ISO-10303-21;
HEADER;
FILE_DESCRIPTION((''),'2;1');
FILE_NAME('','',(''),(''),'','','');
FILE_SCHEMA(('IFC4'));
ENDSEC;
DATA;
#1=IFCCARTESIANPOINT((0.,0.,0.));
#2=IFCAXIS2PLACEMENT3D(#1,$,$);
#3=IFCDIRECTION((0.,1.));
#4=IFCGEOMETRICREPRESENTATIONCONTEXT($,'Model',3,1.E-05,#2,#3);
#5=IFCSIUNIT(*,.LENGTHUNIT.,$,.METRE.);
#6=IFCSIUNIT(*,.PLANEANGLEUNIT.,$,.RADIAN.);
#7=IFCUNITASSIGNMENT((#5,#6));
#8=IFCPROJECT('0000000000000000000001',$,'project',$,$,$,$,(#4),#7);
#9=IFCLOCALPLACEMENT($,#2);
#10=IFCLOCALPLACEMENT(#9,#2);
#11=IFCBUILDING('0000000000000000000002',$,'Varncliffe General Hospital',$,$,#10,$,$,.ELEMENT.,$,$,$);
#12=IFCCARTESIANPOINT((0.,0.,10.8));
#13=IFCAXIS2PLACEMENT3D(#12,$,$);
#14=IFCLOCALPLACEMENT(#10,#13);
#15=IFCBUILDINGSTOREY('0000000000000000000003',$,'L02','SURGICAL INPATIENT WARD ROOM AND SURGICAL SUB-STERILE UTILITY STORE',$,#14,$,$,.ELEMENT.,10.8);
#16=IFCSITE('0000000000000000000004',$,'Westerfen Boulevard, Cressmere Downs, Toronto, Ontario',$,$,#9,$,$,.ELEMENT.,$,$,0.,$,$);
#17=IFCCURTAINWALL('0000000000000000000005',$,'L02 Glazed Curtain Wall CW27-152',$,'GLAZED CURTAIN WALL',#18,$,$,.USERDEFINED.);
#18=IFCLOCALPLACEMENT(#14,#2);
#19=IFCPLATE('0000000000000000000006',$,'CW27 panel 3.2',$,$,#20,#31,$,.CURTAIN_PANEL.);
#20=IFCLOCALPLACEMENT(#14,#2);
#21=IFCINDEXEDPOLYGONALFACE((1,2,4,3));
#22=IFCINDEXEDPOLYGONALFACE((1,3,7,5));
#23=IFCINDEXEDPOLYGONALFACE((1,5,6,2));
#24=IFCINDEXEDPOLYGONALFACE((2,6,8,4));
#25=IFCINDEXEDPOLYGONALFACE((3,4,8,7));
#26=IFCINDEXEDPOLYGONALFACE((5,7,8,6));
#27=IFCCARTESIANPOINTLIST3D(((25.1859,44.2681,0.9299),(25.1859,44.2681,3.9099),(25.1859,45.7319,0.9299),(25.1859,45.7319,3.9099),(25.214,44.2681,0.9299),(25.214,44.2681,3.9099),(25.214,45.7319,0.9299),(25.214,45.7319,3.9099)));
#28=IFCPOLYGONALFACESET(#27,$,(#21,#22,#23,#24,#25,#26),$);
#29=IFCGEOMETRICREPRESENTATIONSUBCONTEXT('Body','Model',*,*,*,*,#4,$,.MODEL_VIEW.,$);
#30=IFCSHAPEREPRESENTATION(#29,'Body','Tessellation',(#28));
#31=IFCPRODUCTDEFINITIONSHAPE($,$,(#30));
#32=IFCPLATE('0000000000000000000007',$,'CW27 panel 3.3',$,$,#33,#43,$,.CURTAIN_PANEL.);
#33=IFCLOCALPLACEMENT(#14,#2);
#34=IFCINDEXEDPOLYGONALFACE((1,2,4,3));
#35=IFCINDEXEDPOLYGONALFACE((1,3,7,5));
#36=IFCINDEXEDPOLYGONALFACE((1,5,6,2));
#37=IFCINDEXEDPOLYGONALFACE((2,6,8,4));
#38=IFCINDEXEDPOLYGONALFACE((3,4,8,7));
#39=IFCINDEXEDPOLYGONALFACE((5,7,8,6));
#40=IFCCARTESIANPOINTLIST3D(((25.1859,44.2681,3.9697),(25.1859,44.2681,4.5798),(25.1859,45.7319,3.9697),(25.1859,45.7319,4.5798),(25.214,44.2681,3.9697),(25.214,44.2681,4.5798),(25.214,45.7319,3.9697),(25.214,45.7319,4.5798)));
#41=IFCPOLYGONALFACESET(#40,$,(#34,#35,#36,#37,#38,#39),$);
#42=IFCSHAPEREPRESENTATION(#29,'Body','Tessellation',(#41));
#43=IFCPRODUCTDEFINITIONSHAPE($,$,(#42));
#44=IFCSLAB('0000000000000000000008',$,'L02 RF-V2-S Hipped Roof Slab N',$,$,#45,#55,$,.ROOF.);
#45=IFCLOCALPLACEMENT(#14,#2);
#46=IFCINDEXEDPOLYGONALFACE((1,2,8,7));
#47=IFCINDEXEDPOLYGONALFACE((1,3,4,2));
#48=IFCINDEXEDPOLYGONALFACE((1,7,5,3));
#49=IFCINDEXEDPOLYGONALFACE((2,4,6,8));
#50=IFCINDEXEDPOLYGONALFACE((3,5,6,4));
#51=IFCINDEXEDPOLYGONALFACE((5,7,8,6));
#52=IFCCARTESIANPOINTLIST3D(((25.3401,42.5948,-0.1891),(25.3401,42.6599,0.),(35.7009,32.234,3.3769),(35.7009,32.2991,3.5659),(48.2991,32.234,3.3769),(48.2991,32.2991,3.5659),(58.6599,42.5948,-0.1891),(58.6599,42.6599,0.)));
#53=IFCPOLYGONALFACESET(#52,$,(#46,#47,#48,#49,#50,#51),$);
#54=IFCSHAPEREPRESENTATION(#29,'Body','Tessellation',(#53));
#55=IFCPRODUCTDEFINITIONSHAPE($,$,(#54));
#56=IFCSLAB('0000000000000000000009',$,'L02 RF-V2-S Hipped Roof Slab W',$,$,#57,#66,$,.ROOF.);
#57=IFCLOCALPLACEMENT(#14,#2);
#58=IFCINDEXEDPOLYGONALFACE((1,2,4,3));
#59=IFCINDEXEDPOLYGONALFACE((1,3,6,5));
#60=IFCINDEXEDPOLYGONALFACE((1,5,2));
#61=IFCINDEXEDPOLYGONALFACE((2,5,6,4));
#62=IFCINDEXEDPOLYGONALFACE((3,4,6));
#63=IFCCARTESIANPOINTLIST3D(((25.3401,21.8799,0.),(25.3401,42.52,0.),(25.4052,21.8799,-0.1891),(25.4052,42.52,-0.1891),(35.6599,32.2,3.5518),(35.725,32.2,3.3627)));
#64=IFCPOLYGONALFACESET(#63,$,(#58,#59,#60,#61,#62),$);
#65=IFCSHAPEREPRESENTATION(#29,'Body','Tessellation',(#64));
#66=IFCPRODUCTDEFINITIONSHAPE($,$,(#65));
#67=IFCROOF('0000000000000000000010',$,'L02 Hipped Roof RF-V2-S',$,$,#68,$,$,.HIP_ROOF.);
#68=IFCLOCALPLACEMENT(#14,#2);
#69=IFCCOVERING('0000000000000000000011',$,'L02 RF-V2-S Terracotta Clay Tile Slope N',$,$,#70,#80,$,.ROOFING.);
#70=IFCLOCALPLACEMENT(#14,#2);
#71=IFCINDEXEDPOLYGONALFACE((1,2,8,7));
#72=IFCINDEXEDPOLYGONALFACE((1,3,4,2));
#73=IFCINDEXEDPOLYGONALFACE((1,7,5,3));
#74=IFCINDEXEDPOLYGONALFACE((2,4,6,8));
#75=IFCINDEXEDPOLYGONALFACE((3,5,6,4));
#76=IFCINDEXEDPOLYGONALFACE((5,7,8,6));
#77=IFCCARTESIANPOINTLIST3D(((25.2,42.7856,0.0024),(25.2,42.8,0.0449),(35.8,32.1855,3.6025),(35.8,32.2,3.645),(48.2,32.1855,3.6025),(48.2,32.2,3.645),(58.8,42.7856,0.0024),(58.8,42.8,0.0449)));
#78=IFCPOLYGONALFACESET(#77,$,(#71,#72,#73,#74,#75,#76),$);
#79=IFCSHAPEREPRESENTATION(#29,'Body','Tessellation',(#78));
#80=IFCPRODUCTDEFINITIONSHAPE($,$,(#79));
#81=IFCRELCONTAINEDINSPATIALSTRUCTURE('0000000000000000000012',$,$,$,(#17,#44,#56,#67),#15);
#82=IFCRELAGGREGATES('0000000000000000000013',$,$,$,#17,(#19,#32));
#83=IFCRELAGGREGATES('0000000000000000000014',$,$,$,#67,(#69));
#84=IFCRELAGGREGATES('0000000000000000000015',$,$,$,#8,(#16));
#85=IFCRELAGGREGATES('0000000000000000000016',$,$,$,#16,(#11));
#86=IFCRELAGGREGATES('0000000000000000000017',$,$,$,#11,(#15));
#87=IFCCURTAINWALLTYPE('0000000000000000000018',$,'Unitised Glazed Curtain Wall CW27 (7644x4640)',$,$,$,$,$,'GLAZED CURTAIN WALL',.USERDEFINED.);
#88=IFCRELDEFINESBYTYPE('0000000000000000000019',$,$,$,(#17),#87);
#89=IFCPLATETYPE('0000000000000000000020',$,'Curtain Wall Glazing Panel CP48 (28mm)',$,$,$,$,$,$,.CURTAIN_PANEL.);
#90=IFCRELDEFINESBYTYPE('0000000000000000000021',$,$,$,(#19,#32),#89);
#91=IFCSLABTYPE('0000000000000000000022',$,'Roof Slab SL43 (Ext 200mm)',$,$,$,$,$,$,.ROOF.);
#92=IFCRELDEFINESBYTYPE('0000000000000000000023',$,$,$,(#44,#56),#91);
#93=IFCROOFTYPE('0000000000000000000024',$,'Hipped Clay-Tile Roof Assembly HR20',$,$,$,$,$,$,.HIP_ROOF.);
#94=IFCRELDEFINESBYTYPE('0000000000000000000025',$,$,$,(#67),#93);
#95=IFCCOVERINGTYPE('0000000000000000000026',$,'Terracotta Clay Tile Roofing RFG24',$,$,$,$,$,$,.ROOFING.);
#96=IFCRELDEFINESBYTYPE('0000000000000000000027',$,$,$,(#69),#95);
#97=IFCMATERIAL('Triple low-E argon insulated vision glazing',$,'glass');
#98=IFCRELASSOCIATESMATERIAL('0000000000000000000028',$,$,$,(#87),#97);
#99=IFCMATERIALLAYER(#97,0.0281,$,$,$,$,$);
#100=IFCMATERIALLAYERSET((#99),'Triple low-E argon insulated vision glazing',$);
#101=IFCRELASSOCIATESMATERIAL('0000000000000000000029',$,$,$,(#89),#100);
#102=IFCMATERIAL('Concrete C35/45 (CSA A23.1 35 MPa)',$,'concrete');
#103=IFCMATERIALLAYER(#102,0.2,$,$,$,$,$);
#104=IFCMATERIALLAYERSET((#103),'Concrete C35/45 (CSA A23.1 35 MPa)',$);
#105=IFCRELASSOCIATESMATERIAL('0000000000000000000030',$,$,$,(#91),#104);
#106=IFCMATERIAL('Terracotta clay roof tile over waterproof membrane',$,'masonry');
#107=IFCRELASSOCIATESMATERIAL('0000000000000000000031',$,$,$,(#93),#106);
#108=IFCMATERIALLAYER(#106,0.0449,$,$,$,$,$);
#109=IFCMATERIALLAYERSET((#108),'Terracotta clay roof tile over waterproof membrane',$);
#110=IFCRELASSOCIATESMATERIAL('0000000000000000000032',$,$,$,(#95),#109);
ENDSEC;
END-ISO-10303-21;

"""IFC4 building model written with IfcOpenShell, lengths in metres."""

from ifc_helpers import new_model, si_unit, direction, frame, origin, origin_2d, place, context, subcontext, project, spatial, polyline, rectangle, outline, extrude, material, layer, layer_set, type_object, element, aggregate, save


model = new_model("IFC4")

# Units and contexts
model_context = context("Model", 3, precision=1e-05, world=origin(), true_north=direction((0.0, 1.0)))
body_context = subcontext(model_context, "Body", "Model", "MODEL_VIEW")
ifc_project = project(units=[si_unit("LENGTHUNIT", "METRE"), si_unit("PLANEANGLEUNIT", "RADIAN")], contexts=[model_context])

# Site, building, storey
site_placement = place(None, origin())
site = spatial("IfcSite", under=ifc_project, at=site_placement, Name="Westerfen Boulevard, Cressmere Downs, Toronto, Ontario", CompositionType="ELEMENT", RefElevation=0.0)
building_placement = place(site_placement, origin())
building = spatial("IfcBuilding", under=site, at=building_placement, Name="Varncliffe General Hospital", CompositionType="ELEMENT")
storey_placement = place(building_placement, frame((0.0, 0.0, 10.8)))
storey = spatial("IfcBuildingStorey", under=building, at=storey_placement, Name="L02", Description="SURGICAL INPATIENT WARD ROOM AND SURGICAL SUB-STERILE UTILITY STORE", CompositionType="ELEMENT", Elevation=10.8)

# Curtain wall
ifc_material_1 = material(Name="Triple low-E argon insulated vision glazing", Category="glass")
curtain_wall_type = type_object("IfcCurtainWallType", Name="Unitised Glazed Curtain Wall CW27 (7644x4640)", ElementType="GLAZED CURTAIN WALL", PredefinedType="USERDEFINED", material=ifc_material_1)
curtain_wall_placement = place(storey_placement, origin())
curtain_wall = element("IfcCurtainWall", 1, at=curtain_wall_placement, inside=storey, type_object=curtain_wall_type, Name="L02 Glazed Curtain Wall CW27-152", ObjectType="GLAZED CURTAIN WALL", PredefinedType="USERDEFINED")

# Shared definitions
ifc_material_2 = material(Name="Concrete C35/45 (CSA A23.1 35 MPa)", Category="concrete")

# Plates
ifc_layer_1 = layer(ifc_material_1, 0.0281)
ifc_layer_set_1 = layer_set([ifc_layer_1], Name="Triple low-E argon insulated vision glazing")
plate_type = type_object("IfcPlateType", Name="Curtain Wall Glazing Panel CP48 (28mm)", PredefinedType="CURTAIN_PANEL", material=ifc_layer_set_1)
plate_1_placement = place(storey_placement, frame((25.2, 45.0, 0.9299), z_axis=(0.0, 0.0, 1.0), x_axis=(0.0, -1.0, 0.0)))
plate_1 = element("IfcPlate", 2, at=plate_1_placement, type_object=plate_type, Name="CW27 panel 3.2", PredefinedType="CURTAIN_PANEL", context=body_context, shape_type="SweptSolid", body=[
    extrude(rectangle(XDim=1.4639, YDim=0.0281, at=origin_2d()), origin(), (0.0, 0.0, 1.0), 2.98),
])
plate_2_placement = place(storey_placement, frame((25.2, 45.0, 3.9697), z_axis=(0.0, 0.0, 1.0), x_axis=(0.0, -1.0, 0.0)))
plate_2 = element("IfcPlate", 3, at=plate_2_placement, type_object=plate_type, Name="CW27 panel 3.3", PredefinedType="CURTAIN_PANEL", context=body_context, shape_type="SweptSolid", body=[
    extrude(rectangle(XDim=1.4639, YDim=0.0281, at=origin_2d()), origin(), (0.0, 0.0, 1.0), 0.6101),
])
aggregate(curtain_wall, [plate_1, plate_2])

# Slabs
ifc_layer_2 = layer(ifc_material_2, 0.2)
ifc_layer_set_2 = layer_set([ifc_layer_2], Name="Concrete C35/45 (CSA A23.1 35 MPa)")
slab_type = type_object("IfcSlabType", Name="Roof Slab SL43 (Ext 200mm)", PredefinedType="ROOF", material=ifc_layer_set_2)
slab_1_placement = place(storey_placement, frame((58.6599, 42.6599, 0.0), z_axis=(0.0, 0.325437, 0.945564), x_axis=(-1.0, 0.0, 0.0)))
element("IfcSlab", 4, at=slab_1_placement, inside=storey, type_object=slab_type, Name="L02 RF-V2-S Hipped Roof Slab N", PredefinedType="ROOF", context=body_context, shape_type="SweptSolid", body=[
    extrude(outline(polyline([(0.0, 0.0), (33.3198, 0.0), (22.959, 10.9573), (10.3608, 10.9573), (0.0, 0.0)])), origin(), (0.0, 0.0, -1.0), 0.2),
])
slab_2_placement = place(storey_placement, frame((25.3401, 42.52, 0.0), z_axis=(-0.325434, 0.0, 0.945565), x_axis=(0.0, -1.0, 0.0)))
element("IfcSlab", 5, at=slab_2_placement, inside=storey, type_object=slab_type, Name="L02 RF-V2-S Hipped Roof Slab W", PredefinedType="ROOF", context=body_context, shape_type="SweptSolid", body=[
    extrude(outline(polyline([(0.0, 0.0), (20.6401, 0.0), (10.3201, 10.9139), (0.0, 0.0)])), origin(), (0.0, 0.0, -1.0), 0.2),
])

# Roof, covering
ifc_material_3 = material(Name="Terracotta clay roof tile over waterproof membrane", Category="masonry")
roof_type = type_object("IfcRoofType", Name="Hipped Clay-Tile Roof Assembly HR20", PredefinedType="HIP_ROOF", material=ifc_material_3)
roof_placement = place(storey_placement, origin())
roof = element("IfcRoof", 6, at=roof_placement, inside=storey, type_object=roof_type, Name="L02 Hipped Roof RF-V2-S", PredefinedType="HIP_ROOF")
ifc_layer_3 = layer(ifc_material_3, 0.0449)
ifc_layer_set_3 = layer_set([ifc_layer_3], Name="Terracotta clay roof tile over waterproof membrane")
covering_type = type_object("IfcCoveringType", Name="Terracotta Clay Tile Roofing RFG24", PredefinedType="ROOFING", material=ifc_layer_set_3)
covering_placement = place(storey_placement, frame((58.8, 42.8, 0.0449), z_axis=(0.0, 0.321588, 0.94688), x_axis=(-1.0, 0.0, 0.0)))
covering = element("IfcCovering", 7, at=covering_placement, type_object=covering_type, Name="L02 RF-V2-S Terracotta Clay Tile Slope N", PredefinedType="ROOFING", context=body_context, shape_type="SweptSolid", body=[
    extrude(outline(polyline([(0.0, 0.0), (33.6001, 0.0), (23.0, 11.1948), (10.6001, 11.1948), (0.0, 0.0)])), origin(), (0.0, 0.0, -1.0), 0.0449),
])
aggregate(roof, [covering])

save(model, "model.ifc")
